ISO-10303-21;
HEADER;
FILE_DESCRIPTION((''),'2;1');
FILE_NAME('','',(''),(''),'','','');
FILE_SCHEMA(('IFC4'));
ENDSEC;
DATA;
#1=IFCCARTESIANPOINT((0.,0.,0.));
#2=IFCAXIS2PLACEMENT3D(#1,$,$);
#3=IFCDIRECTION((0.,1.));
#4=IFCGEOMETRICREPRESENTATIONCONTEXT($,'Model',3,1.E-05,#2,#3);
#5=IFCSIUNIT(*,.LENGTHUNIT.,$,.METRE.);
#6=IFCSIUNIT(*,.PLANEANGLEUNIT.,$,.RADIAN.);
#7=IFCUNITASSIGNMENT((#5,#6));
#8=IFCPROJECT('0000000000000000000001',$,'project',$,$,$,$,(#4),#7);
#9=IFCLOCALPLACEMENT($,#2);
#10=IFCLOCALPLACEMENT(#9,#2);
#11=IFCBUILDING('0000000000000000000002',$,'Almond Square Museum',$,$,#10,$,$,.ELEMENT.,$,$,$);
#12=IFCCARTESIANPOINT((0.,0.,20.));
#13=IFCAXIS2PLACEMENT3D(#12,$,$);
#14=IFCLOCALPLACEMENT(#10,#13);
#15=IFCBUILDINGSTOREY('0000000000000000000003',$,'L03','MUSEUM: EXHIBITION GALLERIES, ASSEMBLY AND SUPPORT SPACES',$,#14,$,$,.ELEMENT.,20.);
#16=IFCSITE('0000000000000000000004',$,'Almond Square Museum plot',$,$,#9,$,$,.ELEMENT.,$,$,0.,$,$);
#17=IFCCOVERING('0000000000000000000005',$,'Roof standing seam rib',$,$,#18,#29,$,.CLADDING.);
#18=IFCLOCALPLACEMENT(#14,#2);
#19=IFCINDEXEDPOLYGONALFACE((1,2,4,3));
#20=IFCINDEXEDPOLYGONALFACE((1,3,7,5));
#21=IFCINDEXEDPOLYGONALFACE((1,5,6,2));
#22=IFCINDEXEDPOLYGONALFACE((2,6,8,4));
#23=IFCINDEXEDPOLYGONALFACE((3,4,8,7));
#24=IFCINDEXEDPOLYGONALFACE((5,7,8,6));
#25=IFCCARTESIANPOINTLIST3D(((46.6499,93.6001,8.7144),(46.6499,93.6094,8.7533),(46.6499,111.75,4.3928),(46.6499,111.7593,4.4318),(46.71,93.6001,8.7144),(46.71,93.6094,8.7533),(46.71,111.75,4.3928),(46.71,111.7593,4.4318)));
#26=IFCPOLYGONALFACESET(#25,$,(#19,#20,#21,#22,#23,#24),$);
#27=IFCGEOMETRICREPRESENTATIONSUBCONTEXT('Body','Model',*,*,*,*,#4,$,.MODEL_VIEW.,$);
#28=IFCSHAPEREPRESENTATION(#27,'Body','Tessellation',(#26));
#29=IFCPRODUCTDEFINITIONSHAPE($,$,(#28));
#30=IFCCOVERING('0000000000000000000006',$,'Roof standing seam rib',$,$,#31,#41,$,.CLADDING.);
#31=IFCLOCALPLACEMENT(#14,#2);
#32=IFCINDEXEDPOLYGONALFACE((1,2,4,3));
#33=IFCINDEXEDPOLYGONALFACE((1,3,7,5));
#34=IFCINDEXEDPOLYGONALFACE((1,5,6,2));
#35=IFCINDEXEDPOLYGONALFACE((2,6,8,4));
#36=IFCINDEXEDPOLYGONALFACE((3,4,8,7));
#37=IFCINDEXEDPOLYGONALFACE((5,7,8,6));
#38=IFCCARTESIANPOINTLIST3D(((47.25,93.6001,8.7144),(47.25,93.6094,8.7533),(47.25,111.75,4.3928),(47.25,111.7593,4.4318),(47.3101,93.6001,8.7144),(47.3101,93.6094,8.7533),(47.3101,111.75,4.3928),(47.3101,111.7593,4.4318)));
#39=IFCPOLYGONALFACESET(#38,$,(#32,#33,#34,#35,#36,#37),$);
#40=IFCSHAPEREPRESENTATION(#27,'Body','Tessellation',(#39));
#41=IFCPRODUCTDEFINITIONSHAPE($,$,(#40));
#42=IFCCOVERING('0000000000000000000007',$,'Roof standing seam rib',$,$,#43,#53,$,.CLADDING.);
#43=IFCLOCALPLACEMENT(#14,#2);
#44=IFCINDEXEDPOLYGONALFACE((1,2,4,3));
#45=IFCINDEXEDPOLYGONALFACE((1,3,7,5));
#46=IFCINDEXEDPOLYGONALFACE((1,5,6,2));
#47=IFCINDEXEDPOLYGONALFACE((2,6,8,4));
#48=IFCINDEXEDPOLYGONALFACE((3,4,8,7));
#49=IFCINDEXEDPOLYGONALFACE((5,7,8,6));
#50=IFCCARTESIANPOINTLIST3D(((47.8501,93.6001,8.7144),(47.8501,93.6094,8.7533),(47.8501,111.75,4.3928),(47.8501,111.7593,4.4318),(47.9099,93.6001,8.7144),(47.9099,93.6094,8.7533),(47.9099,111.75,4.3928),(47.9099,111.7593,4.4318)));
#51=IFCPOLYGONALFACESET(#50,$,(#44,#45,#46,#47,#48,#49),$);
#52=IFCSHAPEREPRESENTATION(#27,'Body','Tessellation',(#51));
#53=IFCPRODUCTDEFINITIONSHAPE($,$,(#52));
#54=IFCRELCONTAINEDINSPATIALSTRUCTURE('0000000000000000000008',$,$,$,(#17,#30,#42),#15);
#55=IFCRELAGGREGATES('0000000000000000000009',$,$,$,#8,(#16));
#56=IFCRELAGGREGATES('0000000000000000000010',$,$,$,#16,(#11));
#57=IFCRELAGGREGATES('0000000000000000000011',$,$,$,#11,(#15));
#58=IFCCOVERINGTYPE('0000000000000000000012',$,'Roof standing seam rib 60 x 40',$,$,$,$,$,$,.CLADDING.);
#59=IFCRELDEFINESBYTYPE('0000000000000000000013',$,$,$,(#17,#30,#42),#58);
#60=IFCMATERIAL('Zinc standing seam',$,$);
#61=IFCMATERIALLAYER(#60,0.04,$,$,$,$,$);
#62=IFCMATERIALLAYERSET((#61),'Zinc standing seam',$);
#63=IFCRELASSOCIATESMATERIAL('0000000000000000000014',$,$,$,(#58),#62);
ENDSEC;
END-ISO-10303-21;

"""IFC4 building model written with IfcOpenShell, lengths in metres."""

from ifc_helpers import new_model, si_unit, direction, frame, origin, place, context, subcontext, project, spatial, polyline, outline, extrude, material, layer, layer_set, type_object, element, save


model = new_model("IFC4")

# Units and contexts
model_context = context("Model", 3, precision=1e-05, world=origin(), true_north=direction((0.0, 1.0)))
body_context = subcontext(model_context, "Body", "Model", "MODEL_VIEW")
ifc_project = project(units=[si_unit("LENGTHUNIT", "METRE"), si_unit("PLANEANGLEUNIT", "RADIAN")], contexts=[model_context])

# Site, building, storey
site_placement = place(None, origin())
site = spatial("IfcSite", under=ifc_project, at=site_placement, Name="Almond Square Museum plot", CompositionType="ELEMENT", RefElevation=0.0)
building_placement = place(site_placement, origin())
building = spatial("IfcBuilding", under=site, at=building_placement, Name="Almond Square Museum", CompositionType="ELEMENT")
storey_placement = place(building_placement, frame((0.0, 0.0, 20.0)))
storey = spatial("IfcBuildingStorey", under=building, at=storey_placement, Name="L03", Description="MUSEUM: EXHIBITION GALLERIES, ASSEMBLY AND SUPPORT SPACES", CompositionType="ELEMENT", Elevation=20.0)

# Coverings
ifc_material_1 = material(Name="Zinc standing seam")
ifc_layer = layer(ifc_material_1, 0.04)
ifc_layer_set = layer_set([ifc_layer], Name="Zinc standing seam")
covering_type = type_object("IfcCoveringType", Name="Roof standing seam rib 60 x 40", PredefinedType="CLADDING", material=ifc_layer_set)
for number, where, z_axis, x_axis, name in (
    (1, (46.71, 93.6001, 8.7144), (0.0, 0.231627, 0.972805), (0.0, 0.972805, -0.231627), "Roof standing seam rib"),
    (2, (47.3101, 93.6001, 8.7144), (0.0, 0.231627, 0.972805), (0.0, 0.972805, -0.231627), "Roof standing seam rib"),
):
    element("IfcCovering", number, at=place(storey_placement, frame(where, z_axis=z_axis, x_axis=x_axis)), inside=storey, type_object=covering_type, Name=name, PredefinedType="CLADDING", context=body_context, shape_type="SweptSolid", body=[
        extrude(outline(polyline([(0.0, 0.0), (18.6573, 0.0), (18.6573, 0.0601), (0.0, 0.0601), (0.0, 0.0)])), origin(), (0.0, 0.0, 1.0), 0.04),
    ])
covering_1_placement = place(storey_placement, frame((47.9099, 93.6001, 8.7144), z_axis=(0.0, 0.231627, 0.972805), x_axis=(0.0, 0.972805, -0.231627)))
element("IfcCovering", 3, at=covering_1_placement, inside=storey, type_object=covering_type, Name="Roof standing seam rib", PredefinedType="CLADDING", context=body_context, shape_type="SweptSolid", body=[
    extrude(outline(polyline([(0.0, 0.0), (18.6573, 0.0), (18.6573, 0.0598), (0.0, 0.0598), (0.0, 0.0)])), origin(), (0.0, 0.0, 1.0), 0.04),
])

save(model, "model.ifc")
